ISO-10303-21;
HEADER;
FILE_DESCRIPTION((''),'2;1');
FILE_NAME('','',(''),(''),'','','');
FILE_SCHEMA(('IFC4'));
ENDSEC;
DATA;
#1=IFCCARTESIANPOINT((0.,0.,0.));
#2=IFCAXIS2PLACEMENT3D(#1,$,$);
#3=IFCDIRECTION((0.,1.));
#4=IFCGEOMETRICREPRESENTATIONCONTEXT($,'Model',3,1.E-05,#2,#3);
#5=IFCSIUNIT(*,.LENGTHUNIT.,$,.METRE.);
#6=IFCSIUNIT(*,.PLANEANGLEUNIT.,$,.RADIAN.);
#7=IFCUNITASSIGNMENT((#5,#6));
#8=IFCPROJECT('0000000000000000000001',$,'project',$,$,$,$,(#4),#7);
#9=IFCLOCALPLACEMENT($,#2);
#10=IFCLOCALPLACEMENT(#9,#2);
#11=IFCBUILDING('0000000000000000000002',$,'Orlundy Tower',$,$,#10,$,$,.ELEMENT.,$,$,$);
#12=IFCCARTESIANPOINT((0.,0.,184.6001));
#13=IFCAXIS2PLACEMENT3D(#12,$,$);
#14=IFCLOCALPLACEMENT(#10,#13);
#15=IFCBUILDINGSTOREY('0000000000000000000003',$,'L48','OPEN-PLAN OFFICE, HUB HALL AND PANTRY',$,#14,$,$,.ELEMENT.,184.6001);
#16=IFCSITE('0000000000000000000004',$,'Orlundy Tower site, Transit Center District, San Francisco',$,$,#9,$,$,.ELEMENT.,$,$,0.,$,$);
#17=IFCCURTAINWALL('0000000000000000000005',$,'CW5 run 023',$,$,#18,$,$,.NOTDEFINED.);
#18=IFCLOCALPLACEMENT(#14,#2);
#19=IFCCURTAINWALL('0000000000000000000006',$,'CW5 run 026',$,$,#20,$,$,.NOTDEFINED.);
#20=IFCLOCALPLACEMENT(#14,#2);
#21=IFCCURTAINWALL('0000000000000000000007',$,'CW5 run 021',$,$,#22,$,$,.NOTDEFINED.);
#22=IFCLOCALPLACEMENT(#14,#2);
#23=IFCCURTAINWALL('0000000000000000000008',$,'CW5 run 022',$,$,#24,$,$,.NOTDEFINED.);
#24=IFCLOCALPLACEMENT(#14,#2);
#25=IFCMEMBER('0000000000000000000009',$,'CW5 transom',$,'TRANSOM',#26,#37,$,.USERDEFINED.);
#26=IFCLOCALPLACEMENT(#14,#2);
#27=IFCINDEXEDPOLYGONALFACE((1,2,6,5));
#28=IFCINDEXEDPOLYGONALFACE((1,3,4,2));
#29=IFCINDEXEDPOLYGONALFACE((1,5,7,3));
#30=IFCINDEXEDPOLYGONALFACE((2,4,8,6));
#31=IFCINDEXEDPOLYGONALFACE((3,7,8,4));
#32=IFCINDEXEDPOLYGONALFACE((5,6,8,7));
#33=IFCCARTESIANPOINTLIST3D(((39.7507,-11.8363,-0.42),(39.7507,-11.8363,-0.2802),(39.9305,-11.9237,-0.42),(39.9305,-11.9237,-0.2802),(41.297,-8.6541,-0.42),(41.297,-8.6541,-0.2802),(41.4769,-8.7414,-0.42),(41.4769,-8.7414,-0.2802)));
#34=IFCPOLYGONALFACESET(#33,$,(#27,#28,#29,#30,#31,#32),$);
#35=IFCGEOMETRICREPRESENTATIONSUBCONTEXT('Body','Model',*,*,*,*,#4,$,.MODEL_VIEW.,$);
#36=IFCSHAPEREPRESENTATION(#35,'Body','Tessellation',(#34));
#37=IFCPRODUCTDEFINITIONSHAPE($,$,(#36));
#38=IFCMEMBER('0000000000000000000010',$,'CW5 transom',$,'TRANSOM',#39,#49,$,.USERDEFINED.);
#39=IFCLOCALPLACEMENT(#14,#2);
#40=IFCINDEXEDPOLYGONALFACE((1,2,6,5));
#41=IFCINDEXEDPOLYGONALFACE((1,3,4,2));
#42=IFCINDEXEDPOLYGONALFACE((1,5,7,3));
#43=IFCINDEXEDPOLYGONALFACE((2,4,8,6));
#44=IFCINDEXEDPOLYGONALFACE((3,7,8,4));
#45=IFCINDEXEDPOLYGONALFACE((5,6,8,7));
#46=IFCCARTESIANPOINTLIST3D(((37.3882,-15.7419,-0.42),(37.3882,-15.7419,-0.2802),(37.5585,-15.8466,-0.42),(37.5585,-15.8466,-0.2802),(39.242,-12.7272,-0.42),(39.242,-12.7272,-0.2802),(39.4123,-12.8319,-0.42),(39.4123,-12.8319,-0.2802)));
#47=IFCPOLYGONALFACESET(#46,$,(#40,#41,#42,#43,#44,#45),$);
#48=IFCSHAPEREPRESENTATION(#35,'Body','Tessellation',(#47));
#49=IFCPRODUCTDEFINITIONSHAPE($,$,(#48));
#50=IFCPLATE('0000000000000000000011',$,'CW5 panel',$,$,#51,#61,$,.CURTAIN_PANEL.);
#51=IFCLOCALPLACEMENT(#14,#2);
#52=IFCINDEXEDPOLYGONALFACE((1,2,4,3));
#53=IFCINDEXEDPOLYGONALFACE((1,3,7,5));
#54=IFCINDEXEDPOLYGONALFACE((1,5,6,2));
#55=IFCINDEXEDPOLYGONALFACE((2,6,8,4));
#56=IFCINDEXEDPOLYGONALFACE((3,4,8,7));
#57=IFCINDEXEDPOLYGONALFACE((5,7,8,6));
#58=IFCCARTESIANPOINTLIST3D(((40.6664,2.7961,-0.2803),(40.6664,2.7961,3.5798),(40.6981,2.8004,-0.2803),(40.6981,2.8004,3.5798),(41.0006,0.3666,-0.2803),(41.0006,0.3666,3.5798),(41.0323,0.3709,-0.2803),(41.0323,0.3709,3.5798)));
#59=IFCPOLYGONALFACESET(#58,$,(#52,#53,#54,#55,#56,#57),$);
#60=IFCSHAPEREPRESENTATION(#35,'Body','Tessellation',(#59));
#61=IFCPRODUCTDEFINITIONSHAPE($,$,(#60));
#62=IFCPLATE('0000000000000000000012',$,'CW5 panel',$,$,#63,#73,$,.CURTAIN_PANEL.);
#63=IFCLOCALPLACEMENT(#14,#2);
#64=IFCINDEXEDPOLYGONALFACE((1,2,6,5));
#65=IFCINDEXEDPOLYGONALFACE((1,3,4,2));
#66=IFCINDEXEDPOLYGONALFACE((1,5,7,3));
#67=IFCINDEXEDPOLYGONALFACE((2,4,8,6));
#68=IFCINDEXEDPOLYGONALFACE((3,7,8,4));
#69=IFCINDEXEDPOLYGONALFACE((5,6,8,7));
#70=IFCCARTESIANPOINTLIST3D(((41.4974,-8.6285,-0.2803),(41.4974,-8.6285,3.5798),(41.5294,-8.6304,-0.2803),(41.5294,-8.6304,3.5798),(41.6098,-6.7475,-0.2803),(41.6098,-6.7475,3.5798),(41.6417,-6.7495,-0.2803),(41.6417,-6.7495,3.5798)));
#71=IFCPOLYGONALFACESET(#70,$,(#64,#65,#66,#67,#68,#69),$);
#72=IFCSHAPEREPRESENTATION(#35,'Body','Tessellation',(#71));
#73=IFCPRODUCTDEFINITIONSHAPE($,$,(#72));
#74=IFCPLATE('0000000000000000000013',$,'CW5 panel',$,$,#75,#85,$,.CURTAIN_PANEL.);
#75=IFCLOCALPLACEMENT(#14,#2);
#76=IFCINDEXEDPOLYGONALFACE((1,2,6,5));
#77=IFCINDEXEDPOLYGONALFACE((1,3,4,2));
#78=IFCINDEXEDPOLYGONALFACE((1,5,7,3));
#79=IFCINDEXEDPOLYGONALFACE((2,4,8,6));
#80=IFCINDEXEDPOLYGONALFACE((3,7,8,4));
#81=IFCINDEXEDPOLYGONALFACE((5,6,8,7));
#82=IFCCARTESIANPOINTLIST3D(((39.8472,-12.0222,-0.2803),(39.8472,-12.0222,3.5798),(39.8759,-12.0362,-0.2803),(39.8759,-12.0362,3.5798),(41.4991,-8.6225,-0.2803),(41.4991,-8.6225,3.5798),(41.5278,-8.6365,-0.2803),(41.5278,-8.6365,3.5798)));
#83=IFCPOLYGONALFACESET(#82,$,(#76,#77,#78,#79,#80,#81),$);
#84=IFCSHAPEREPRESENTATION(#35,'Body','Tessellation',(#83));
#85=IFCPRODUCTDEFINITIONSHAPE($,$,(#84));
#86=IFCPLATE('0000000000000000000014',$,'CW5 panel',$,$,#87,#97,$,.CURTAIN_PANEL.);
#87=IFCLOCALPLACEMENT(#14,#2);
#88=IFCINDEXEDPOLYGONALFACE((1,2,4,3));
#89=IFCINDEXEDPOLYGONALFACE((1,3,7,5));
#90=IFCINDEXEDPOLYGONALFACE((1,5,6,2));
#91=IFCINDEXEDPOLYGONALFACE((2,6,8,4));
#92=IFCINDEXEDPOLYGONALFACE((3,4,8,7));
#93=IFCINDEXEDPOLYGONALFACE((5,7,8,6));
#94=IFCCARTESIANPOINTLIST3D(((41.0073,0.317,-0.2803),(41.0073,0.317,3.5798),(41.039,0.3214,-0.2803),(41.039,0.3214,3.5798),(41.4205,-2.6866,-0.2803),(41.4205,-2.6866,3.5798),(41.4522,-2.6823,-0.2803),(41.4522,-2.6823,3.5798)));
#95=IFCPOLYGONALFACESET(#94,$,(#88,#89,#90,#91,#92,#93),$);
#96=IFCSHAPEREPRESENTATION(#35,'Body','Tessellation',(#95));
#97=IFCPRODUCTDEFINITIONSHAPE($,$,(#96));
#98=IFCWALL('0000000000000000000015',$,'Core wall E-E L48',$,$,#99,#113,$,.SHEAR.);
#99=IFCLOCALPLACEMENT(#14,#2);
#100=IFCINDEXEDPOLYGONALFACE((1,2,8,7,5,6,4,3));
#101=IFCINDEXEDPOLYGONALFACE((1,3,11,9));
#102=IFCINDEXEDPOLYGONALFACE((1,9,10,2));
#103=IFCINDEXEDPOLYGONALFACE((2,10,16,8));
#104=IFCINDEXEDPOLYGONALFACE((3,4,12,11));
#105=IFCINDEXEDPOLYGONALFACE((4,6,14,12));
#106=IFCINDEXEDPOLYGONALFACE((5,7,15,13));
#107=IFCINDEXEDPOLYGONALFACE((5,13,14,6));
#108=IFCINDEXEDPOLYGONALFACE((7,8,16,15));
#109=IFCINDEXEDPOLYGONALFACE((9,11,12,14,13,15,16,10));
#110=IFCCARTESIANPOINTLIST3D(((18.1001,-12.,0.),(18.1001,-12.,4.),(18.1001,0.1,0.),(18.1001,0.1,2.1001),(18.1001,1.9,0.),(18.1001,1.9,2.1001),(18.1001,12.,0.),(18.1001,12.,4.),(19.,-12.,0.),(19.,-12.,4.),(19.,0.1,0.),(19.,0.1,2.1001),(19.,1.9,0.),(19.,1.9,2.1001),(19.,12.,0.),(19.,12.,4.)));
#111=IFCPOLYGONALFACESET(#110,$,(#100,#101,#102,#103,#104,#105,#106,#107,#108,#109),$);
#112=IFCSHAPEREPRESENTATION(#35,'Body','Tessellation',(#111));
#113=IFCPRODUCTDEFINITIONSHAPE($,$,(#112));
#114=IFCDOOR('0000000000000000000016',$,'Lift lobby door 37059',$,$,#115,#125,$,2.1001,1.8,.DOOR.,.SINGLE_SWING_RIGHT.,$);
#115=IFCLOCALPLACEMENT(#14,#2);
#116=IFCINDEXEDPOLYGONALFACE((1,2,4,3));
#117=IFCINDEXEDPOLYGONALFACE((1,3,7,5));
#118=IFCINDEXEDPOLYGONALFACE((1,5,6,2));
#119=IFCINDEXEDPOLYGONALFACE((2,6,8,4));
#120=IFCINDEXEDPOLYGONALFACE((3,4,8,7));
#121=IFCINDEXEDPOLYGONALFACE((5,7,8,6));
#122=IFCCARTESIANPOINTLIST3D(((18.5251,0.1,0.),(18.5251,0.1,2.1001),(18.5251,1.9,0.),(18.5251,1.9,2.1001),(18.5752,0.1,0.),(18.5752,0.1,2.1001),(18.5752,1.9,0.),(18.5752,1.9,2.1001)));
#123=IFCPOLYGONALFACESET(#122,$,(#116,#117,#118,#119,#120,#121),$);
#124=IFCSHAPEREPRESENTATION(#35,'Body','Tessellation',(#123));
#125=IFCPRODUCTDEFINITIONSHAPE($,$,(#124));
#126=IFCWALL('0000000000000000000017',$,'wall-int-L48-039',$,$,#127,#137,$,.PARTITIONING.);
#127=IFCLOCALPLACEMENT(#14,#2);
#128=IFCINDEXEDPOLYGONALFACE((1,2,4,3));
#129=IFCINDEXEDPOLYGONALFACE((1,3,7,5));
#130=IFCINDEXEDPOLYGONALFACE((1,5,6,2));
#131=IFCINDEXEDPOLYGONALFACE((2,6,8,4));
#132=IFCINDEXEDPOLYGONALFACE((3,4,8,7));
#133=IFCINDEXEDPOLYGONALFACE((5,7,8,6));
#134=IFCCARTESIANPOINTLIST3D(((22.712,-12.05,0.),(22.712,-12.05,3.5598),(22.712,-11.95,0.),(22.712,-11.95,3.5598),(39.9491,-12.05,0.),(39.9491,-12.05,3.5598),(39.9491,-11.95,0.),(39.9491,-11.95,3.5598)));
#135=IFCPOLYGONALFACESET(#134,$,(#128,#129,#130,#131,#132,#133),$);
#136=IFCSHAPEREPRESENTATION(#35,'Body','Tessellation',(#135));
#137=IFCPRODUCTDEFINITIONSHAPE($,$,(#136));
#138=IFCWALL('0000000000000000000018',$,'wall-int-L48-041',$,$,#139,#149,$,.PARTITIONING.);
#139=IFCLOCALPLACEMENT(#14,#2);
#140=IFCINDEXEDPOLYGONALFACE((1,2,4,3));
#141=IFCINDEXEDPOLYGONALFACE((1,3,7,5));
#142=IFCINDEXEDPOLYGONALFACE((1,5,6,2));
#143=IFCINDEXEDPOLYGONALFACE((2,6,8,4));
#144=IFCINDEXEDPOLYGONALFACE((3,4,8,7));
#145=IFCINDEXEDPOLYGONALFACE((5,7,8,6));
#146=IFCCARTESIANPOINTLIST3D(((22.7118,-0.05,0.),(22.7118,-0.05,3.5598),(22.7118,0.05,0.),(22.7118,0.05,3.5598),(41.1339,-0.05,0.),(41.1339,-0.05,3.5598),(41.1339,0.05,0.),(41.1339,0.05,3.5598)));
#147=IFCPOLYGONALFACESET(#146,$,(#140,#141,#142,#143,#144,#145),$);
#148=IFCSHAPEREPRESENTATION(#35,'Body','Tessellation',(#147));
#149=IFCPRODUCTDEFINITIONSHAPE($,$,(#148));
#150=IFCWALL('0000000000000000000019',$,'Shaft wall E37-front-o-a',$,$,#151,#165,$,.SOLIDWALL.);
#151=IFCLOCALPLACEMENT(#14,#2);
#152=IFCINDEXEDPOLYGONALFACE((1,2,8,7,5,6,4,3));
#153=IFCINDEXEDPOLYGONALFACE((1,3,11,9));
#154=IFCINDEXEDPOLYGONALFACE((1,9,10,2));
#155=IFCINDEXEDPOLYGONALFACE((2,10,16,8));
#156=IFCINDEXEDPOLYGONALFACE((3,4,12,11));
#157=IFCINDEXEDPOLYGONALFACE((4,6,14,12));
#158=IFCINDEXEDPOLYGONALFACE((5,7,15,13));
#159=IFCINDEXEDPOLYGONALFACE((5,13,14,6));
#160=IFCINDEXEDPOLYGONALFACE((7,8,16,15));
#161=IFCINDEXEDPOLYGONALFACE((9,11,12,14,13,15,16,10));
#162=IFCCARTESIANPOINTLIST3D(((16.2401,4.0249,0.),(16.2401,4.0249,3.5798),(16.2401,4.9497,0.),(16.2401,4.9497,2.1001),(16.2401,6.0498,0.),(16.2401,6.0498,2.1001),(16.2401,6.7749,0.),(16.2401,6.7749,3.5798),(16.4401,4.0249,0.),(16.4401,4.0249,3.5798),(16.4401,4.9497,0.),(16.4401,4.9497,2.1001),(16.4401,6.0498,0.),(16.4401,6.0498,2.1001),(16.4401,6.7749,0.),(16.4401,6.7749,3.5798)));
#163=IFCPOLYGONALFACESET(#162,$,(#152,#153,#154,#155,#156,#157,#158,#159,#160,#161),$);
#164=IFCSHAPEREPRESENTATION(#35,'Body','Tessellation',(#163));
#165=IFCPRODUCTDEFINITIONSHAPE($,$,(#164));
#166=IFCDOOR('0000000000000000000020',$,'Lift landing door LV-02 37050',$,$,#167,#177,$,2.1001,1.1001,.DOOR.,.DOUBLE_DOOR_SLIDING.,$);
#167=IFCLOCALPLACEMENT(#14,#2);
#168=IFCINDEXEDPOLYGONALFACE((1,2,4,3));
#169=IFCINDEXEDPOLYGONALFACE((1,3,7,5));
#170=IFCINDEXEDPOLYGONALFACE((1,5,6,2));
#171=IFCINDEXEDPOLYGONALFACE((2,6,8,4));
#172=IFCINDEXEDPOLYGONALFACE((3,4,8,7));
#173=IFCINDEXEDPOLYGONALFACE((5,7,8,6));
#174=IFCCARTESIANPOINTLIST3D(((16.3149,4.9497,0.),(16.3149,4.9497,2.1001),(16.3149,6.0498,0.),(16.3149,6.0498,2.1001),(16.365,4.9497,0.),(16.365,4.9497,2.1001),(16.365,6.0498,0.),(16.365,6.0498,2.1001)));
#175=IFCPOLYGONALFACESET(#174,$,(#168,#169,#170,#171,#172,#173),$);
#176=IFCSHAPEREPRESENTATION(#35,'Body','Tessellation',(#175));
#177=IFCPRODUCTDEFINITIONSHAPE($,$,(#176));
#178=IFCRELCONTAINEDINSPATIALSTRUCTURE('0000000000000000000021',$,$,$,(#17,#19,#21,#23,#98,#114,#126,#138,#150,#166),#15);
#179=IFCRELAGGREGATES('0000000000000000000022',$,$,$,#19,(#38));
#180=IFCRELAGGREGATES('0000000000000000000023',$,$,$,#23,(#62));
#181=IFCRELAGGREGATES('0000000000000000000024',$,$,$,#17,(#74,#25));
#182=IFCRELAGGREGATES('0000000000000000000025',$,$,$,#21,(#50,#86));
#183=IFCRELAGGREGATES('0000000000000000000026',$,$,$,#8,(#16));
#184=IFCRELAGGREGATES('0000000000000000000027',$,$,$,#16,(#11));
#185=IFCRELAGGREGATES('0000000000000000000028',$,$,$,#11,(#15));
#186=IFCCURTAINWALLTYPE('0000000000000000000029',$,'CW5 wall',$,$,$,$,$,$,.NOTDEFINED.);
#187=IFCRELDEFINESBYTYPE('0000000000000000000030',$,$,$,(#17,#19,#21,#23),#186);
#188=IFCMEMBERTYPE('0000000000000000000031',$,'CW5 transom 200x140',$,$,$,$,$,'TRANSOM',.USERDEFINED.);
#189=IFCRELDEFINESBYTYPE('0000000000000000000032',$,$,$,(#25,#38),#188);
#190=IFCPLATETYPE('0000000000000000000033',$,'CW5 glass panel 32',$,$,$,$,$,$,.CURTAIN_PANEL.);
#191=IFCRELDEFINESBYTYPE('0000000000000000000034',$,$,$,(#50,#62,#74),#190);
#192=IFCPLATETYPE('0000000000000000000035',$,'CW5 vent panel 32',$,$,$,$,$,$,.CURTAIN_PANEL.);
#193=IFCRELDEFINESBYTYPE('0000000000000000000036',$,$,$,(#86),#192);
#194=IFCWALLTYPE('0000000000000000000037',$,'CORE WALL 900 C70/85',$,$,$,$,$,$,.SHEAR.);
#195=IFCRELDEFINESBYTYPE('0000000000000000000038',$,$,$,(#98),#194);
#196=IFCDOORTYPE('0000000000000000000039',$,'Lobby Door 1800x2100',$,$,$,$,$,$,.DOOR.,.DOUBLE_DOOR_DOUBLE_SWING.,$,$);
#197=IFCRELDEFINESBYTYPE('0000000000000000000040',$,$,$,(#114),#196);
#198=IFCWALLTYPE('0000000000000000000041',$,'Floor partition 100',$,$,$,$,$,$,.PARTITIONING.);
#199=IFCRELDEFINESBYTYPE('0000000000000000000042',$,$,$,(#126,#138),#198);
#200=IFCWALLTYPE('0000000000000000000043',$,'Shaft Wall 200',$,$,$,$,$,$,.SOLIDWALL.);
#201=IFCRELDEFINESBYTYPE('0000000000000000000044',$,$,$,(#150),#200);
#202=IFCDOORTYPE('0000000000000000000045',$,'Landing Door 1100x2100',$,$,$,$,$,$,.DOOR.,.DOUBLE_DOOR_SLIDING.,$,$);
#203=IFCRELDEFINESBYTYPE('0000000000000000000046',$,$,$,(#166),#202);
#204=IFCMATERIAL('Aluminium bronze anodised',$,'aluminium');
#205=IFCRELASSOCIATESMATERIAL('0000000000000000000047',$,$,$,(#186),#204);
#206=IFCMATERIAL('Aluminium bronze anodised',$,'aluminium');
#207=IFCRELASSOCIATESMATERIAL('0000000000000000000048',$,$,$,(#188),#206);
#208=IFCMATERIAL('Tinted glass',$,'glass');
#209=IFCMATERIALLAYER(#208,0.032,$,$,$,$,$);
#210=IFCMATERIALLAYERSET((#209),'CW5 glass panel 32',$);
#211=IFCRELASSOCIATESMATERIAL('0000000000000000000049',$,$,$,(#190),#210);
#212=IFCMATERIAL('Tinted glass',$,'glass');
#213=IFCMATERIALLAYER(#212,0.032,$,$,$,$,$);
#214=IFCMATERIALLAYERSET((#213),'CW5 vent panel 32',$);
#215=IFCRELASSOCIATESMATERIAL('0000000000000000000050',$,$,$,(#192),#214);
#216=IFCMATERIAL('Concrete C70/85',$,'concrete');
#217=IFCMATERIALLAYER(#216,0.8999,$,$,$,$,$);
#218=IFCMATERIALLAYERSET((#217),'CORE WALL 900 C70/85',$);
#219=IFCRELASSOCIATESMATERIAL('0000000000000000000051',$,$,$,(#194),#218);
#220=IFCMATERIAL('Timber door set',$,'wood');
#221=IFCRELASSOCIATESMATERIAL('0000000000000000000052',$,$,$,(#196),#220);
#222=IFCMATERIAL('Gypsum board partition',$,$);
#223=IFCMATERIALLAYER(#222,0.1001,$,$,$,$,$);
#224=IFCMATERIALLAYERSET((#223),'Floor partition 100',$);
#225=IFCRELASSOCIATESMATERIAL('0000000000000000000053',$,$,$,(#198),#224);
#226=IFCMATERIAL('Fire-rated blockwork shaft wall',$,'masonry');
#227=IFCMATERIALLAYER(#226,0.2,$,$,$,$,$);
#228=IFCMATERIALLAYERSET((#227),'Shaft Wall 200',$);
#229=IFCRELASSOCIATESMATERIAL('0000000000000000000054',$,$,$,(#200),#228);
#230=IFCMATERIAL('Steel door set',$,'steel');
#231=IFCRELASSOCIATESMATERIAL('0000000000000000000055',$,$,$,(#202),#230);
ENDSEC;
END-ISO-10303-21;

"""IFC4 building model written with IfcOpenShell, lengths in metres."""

from ifc_helpers import new_model, si_unit, direction, frame, frame_2d, origin, origin_2d, place, context, subcontext, project, spatial, rectangle, extrude, material, layer, layer_set, material_profile, profile_set, type_object, element, fill, aggregate, save


model = new_model("IFC4")

# Units and contexts
model_context = context("Model", 3, precision=1e-05, world=origin(), true_north=direction((0.0, 1.0)))
body_context = subcontext(model_context, "Body", "Model", "MODEL_VIEW")
ifc_project = project(units=[si_unit("LENGTHUNIT", "METRE"), si_unit("PLANEANGLEUNIT", "RADIAN")], contexts=[model_context])

# Site, building, storey
site_placement = place(None, origin())
site = spatial("IfcSite", under=ifc_project, at=site_placement, Name="Orlundy Tower site, Transit Center District, San Francisco", CompositionType="ELEMENT", RefElevation=0.0)
building_placement = place(site_placement, origin())
building = spatial("IfcBuilding", under=site, at=building_placement, Name="Orlundy Tower", CompositionType="ELEMENT")
storey_placement = place(building_placement, frame((0.0, 0.0, 184.6001)))
storey = spatial("IfcBuildingStorey", under=building, at=storey_placement, Name="L48", Description="OPEN-PLAN OFFICE, HUB HALL AND PANTRY", CompositionType="ELEMENT", Elevation=184.6001)

# Curtain wall
ifc_material_1 = material(Name="Aluminium bronze anodised", Category="aluminium")
curtain_wall_type = type_object("IfcCurtainWallType", Name="CW5 wall", PredefinedType="NOTDEFINED", material=ifc_material_1)
curtain_wall_1_placement = place(storey_placement, origin())
curtain_wall_1 = element("IfcCurtainWall", 1, at=curtain_wall_1_placement, inside=storey, type_object=curtain_wall_type, Name="CW5 run 023", PredefinedType="NOTDEFINED")

# Curtain walls
curtain_wall_2_placement = place(storey_placement, origin())
curtain_wall_2 = element("IfcCurtainWall", 2, at=curtain_wall_2_placement, inside=storey, type_object=curtain_wall_type, Name="CW5 run 026", PredefinedType="NOTDEFINED")
curtain_wall_3_placement = place(storey_placement, origin())
curtain_wall_3 = element("IfcCurtainWall", 3, at=curtain_wall_3_placement, inside=storey, type_object=curtain_wall_type, Name="CW5 run 021", PredefinedType="NOTDEFINED")
curtain_wall_4_placement = place(storey_placement, origin())
curtain_wall_4 = element("IfcCurtainWall", 4, at=curtain_wall_4_placement, inside=storey, type_object=curtain_wall_type, Name="CW5 run 022", PredefinedType="NOTDEFINED")
ifc_material_2 = material(Name="Aluminium bronze anodised", Category="aluminium")
ifc_material_profile_1 = material_profile(ifc_material_2, rectangle(XDim=0.2, YDim=0.1399, at=origin_2d()), Name="CW5 transom 200x140")
ifc_profile_set_1 = profile_set([ifc_material_profile_1], Name="Aluminium bronze anodised")
member_type_1 = type_object("IfcMemberType", Name="CW5 transom 200x140", ElementType="TRANSOM", PredefinedType="USERDEFINED", material=ifc_profile_set_1)

# Members
member_1_placement = place(storey_placement, frame((41.387, -8.6978, -0.3501), z_axis=(-0.437055, -0.899435, 0.0), x_axis=(0.899435, -0.437055, 0.0)))
member_1 = element("IfcMember", 5, at=member_1_placement, type_object=member_type_1, Name="CW5 transom", ObjectType="TRANSOM", PredefinedType="USERDEFINED", context=body_context, shape_type="SweptSolid", body=[
    extrude(rectangle(XDim=0.2, YDim=0.1399, at=origin_2d()), origin(), (0.0, 0.0, 1.0), 3.5381),
])
member_2_placement = place(storey_placement, frame((39.3271, -12.7795, -0.3501), z_axis=(-0.523809, -0.851836, 0.0), x_axis=(0.851836, -0.523809, 0.0)))
member_2 = element("IfcMember", 6, at=member_2_placement, type_object=member_type_1, Name="CW5 transom", ObjectType="TRANSOM", PredefinedType="USERDEFINED", context=body_context, shape_type="SweptSolid", body=[
    extrude(rectangle(XDim=0.2, YDim=0.1399, at=origin_2d()), origin(), (0.0, 0.0, 1.0), 3.5391),
])
aggregate(curtain_wall_2, [member_2])

# Plates
ifc_material_3 = material(Name="Tinted glass", Category="glass")
ifc_layer_1 = layer(ifc_material_3, 0.032)
ifc_layer_set_1 = layer_set([ifc_layer_1], Name="CW5 glass panel 32")
plate_type_1 = type_object("IfcPlateType", Name="CW5 glass panel 32", PredefinedType="CURTAIN_PANEL", material=ifc_layer_set_1)
plate_1_placement = place(storey_placement, frame((40.8494, 1.5835, -0.2803), z_axis=(0.0, 0.0, 1.0), x_axis=(0.136286, -0.99067, 0.0)))
plate_1 = element("IfcPlate", 7, at=plate_1_placement, type_object=plate_type_1, Name="CW5 panel", PredefinedType="CURTAIN_PANEL", context=body_context, shape_type="SweptSolid", body=[
    extrude(rectangle(XDim=2.4524, YDim=0.032, at=origin_2d()), origin(), (0.0, 0.0, 1.0), 3.8601),
])
plate_2_placement = place(storey_placement, frame((41.5696, -7.689, -0.2803), z_axis=(0.0, 0.0, 1.0), x_axis=(-0.059623, -0.998221, 0.0)))
plate_2 = element("IfcPlate", 8, at=plate_2_placement, type_object=plate_type_1, Name="CW5 panel", PredefinedType="CURTAIN_PANEL", context=body_context, shape_type="SweptSolid", body=[
    extrude(rectangle(XDim=1.8843, YDim=0.032, at=origin_2d()), origin(), (0.0, 0.0, 1.0), 3.8601),
])
aggregate(curtain_wall_4, [plate_2])
plate_3_placement = place(storey_placement, frame((40.6875, -10.3293, -0.2803), z_axis=(0.0, 0.0, 1.0), x_axis=(-0.437041, -0.899442, 0.0)))
plate_3 = element("IfcPlate", 9, at=plate_3_placement, type_object=plate_type_1, Name="CW5 panel", PredefinedType="CURTAIN_PANEL", context=body_context, shape_type="SweptSolid", body=[
    extrude(rectangle(XDim=3.7798, YDim=0.032, at=origin_2d()), origin(), (0.0, 0.0, 1.0), 3.8601),
])
aggregate(curtain_wall_1, [plate_3, member_1])
ifc_material_4 = material(Name="Tinted glass", Category="glass")
ifc_layer_2 = layer(ifc_material_4, 0.032)
ifc_layer_set_2 = layer_set([ifc_layer_2], Name="CW5 vent panel 32")
plate_type_2 = type_object("IfcPlateType", Name="CW5 vent panel 32", PredefinedType="CURTAIN_PANEL", material=ifc_layer_set_2)
plate_4_placement = place(storey_placement, frame((41.2297, -1.1826, -0.2803), z_axis=(0.0, 0.0, 1.0), x_axis=(0.136286, -0.99067, 0.0)))
plate_4 = element("IfcPlate", 10, at=plate_4_placement, type_object=plate_type_2, Name="CW5 panel", PredefinedType="CURTAIN_PANEL", context=body_context, shape_type="SweptSolid", body=[
    extrude(rectangle(XDim=3.032, YDim=0.032, at=origin_2d()), origin(), (0.0, 0.0, 1.0), 3.8601),
])
aggregate(curtain_wall_3, [plate_1, plate_4])

# Wall, opening, door
ifc_material_5 = material(Name="Concrete C70/85", Category="concrete")
ifc_layer_3 = layer(ifc_material_5, 0.8999)
ifc_layer_set_3 = layer_set([ifc_layer_3], Name="CORE WALL 900 C70/85")
wall_type_1 = type_object("IfcWallType", Name="CORE WALL 900 C70/85", PredefinedType="SHEAR", material=ifc_layer_set_3)
wall_1_placement = place(storey_placement, frame((18.55, -12.0, 0.0), z_axis=(0.0, 0.0, 1.0), x_axis=(0.0, 1.0, 0.0)))
wall_1 = element("IfcWall", 11, at=wall_1_placement, inside=storey, type_object=wall_type_1, Name="Core wall E-E L48", PredefinedType="SHEAR", context=body_context, shape_type="SweptSolid", body=[
    extrude(rectangle(XDim=24.0, YDim=0.8999, at=frame_2d((12.0, 0.0))), origin(), (0.0, 0.0, 1.0), 4.0),
])
opening_1_placement = place(wall_1_placement, frame((12.1001, 0.0, 0.0)))
opening_1 = element("IfcOpeningElement", 12, at=opening_1_placement, cuts=wall_1, PredefinedType="OPENING", context=body_context, shape_type="SweptSolid", body=[
    extrude(rectangle(XDim=1.8, YDim=2.1001, at=frame_2d((0.8999, 1.05))), frame((0.0, 0.46, 0.0), z_axis=(0.0, -1.0, 0.0), x_axis=(1.0, 0.0, 0.0)), (0.0, 0.0, 1.0), 0.9199),
])
ifc_material_6 = material(Name="Timber door set", Category="wood")
door_type_1 = type_object("IfcDoorType", Name="Lobby Door 1800x2100", OperationType="DOUBLE_DOOR_DOUBLE_SWING", PredefinedType="DOOR", material=ifc_material_6)
door_1_placement = place(opening_1_placement, origin())
door_1 = element("IfcDoor", 13, at=door_1_placement, inside=storey, type_object=door_type_1, Name="Lift lobby door 37059", OperationType="SINGLE_SWING_RIGHT", OverallHeight=2.1001, OverallWidth=1.8, PredefinedType="DOOR", context=body_context, shape_type="SweptSolid", body=[
    extrude(rectangle(XDim=1.8, YDim=2.1001, at=frame_2d((0.8999, 1.05))), frame((0.0, 0.0249, 0.0), z_axis=(0.0, -1.0, 0.0), x_axis=(1.0, 0.0, 0.0)), (0.0, 0.0, 1.0), 0.05),
])
fill(opening_1, door_1)

# Walls
ifc_material_7 = material(Name="Gypsum board partition")
ifc_layer_4 = layer(ifc_material_7, 0.1001)
ifc_layer_set_4 = layer_set([ifc_layer_4], Name="Floor partition 100")
wall_type_2 = type_object("IfcWallType", Name="Floor partition 100", PredefinedType="PARTITIONING", material=ifc_layer_set_4)
wall_2_placement = place(storey_placement, frame((22.7119, -12.0, 0.0), z_axis=(0.0, 0.0, 1.0), x_axis=(1.0, 0.0, 0.0)))
element("IfcWall", 14, at=wall_2_placement, inside=storey, type_object=wall_type_2, Name="wall-int-L48-039", PredefinedType="PARTITIONING", context=body_context, shape_type="SweptSolid", body=[
    extrude(rectangle(XDim=17.2371, YDim=0.1001, at=frame_2d((8.6187, 0.0))), origin(), (0.0, 0.0, 1.0), 3.5598),
])
wall_3_placement = place(storey_placement, frame((22.7119, 0.0, 0.0), z_axis=(0.0, 0.0, 1.0), x_axis=(1.0, 0.0, 0.0)))
element("IfcWall", 15, at=wall_3_placement, inside=storey, type_object=wall_type_2, Name="wall-int-L48-041", PredefinedType="PARTITIONING", context=body_context, shape_type="SweptSolid", body=[
    extrude(rectangle(XDim=18.4221, YDim=0.1001, at=frame_2d((9.2109, 0.0))), origin(), (0.0, 0.0, 1.0), 3.5598),
])

# Wall, opening, door
ifc_material_8 = material(Name="Fire-rated blockwork shaft wall", Category="masonry")
ifc_layer_5 = layer(ifc_material_8, 0.2)
ifc_layer_set_5 = layer_set([ifc_layer_5], Name="Shaft Wall 200")
wall_type_3 = type_object("IfcWallType", Name="Shaft Wall 200", PredefinedType="SOLIDWALL", material=ifc_layer_set_5)
wall_4_placement = place(storey_placement, frame((16.3401, 6.7749, 0.0), z_axis=(0.0, 0.0, 1.0), x_axis=(0.0, -1.0, 0.0)))
wall_4 = element("IfcWall", 16, at=wall_4_placement, inside=storey, type_object=wall_type_3, Name="Shaft wall E37-front-o-a", PredefinedType="SOLIDWALL", context=body_context, shape_type="SweptSolid", body=[
    extrude(rectangle(XDim=2.75, YDim=0.2, at=frame_2d((1.375, 0.0))), origin(), (0.0, 0.0, 1.0), 3.5798),
])
opening_2_placement = place(wall_4_placement, frame((0.7251, 0.0, 0.0)))
opening_2 = element("IfcOpeningElement", 17, at=opening_2_placement, cuts=wall_4, PredefinedType="OPENING", context=body_context, shape_type="SweptSolid", body=[
    extrude(rectangle(XDim=1.1001, YDim=2.1001, at=frame_2d((0.55, 1.05))), frame((0.0, 0.1101, 0.0), z_axis=(0.0, -1.0, 0.0), x_axis=(1.0, 0.0, 0.0)), (0.0, 0.0, 1.0), 0.2202),
])
ifc_material_9 = material(Name="Steel door set", Category="steel")
door_type_2 = type_object("IfcDoorType", Name="Landing Door 1100x2100", OperationType="DOUBLE_DOOR_SLIDING", PredefinedType="DOOR", material=ifc_material_9)
door_2_placement = place(opening_2_placement, origin())
door_2 = element("IfcDoor", 18, at=door_2_placement, inside=storey, type_object=door_type_2, Name="Lift landing door LV-02 37050", OperationType="DOUBLE_DOOR_SLIDING", OverallHeight=2.1001, OverallWidth=1.1001, PredefinedType="DOOR", context=body_context, shape_type="SweptSolid", body=[
    extrude(rectangle(XDim=1.1001, YDim=2.1001, at=frame_2d((0.55, 1.05))), frame((0.0, 0.0249, 0.0), z_axis=(0.0, -1.0, 0.0), x_axis=(1.0, 0.0, 0.0)), (0.0, 0.0, 1.0), 0.05),
])
fill(opening_2, door_2)

save(model, "model.ifc")
